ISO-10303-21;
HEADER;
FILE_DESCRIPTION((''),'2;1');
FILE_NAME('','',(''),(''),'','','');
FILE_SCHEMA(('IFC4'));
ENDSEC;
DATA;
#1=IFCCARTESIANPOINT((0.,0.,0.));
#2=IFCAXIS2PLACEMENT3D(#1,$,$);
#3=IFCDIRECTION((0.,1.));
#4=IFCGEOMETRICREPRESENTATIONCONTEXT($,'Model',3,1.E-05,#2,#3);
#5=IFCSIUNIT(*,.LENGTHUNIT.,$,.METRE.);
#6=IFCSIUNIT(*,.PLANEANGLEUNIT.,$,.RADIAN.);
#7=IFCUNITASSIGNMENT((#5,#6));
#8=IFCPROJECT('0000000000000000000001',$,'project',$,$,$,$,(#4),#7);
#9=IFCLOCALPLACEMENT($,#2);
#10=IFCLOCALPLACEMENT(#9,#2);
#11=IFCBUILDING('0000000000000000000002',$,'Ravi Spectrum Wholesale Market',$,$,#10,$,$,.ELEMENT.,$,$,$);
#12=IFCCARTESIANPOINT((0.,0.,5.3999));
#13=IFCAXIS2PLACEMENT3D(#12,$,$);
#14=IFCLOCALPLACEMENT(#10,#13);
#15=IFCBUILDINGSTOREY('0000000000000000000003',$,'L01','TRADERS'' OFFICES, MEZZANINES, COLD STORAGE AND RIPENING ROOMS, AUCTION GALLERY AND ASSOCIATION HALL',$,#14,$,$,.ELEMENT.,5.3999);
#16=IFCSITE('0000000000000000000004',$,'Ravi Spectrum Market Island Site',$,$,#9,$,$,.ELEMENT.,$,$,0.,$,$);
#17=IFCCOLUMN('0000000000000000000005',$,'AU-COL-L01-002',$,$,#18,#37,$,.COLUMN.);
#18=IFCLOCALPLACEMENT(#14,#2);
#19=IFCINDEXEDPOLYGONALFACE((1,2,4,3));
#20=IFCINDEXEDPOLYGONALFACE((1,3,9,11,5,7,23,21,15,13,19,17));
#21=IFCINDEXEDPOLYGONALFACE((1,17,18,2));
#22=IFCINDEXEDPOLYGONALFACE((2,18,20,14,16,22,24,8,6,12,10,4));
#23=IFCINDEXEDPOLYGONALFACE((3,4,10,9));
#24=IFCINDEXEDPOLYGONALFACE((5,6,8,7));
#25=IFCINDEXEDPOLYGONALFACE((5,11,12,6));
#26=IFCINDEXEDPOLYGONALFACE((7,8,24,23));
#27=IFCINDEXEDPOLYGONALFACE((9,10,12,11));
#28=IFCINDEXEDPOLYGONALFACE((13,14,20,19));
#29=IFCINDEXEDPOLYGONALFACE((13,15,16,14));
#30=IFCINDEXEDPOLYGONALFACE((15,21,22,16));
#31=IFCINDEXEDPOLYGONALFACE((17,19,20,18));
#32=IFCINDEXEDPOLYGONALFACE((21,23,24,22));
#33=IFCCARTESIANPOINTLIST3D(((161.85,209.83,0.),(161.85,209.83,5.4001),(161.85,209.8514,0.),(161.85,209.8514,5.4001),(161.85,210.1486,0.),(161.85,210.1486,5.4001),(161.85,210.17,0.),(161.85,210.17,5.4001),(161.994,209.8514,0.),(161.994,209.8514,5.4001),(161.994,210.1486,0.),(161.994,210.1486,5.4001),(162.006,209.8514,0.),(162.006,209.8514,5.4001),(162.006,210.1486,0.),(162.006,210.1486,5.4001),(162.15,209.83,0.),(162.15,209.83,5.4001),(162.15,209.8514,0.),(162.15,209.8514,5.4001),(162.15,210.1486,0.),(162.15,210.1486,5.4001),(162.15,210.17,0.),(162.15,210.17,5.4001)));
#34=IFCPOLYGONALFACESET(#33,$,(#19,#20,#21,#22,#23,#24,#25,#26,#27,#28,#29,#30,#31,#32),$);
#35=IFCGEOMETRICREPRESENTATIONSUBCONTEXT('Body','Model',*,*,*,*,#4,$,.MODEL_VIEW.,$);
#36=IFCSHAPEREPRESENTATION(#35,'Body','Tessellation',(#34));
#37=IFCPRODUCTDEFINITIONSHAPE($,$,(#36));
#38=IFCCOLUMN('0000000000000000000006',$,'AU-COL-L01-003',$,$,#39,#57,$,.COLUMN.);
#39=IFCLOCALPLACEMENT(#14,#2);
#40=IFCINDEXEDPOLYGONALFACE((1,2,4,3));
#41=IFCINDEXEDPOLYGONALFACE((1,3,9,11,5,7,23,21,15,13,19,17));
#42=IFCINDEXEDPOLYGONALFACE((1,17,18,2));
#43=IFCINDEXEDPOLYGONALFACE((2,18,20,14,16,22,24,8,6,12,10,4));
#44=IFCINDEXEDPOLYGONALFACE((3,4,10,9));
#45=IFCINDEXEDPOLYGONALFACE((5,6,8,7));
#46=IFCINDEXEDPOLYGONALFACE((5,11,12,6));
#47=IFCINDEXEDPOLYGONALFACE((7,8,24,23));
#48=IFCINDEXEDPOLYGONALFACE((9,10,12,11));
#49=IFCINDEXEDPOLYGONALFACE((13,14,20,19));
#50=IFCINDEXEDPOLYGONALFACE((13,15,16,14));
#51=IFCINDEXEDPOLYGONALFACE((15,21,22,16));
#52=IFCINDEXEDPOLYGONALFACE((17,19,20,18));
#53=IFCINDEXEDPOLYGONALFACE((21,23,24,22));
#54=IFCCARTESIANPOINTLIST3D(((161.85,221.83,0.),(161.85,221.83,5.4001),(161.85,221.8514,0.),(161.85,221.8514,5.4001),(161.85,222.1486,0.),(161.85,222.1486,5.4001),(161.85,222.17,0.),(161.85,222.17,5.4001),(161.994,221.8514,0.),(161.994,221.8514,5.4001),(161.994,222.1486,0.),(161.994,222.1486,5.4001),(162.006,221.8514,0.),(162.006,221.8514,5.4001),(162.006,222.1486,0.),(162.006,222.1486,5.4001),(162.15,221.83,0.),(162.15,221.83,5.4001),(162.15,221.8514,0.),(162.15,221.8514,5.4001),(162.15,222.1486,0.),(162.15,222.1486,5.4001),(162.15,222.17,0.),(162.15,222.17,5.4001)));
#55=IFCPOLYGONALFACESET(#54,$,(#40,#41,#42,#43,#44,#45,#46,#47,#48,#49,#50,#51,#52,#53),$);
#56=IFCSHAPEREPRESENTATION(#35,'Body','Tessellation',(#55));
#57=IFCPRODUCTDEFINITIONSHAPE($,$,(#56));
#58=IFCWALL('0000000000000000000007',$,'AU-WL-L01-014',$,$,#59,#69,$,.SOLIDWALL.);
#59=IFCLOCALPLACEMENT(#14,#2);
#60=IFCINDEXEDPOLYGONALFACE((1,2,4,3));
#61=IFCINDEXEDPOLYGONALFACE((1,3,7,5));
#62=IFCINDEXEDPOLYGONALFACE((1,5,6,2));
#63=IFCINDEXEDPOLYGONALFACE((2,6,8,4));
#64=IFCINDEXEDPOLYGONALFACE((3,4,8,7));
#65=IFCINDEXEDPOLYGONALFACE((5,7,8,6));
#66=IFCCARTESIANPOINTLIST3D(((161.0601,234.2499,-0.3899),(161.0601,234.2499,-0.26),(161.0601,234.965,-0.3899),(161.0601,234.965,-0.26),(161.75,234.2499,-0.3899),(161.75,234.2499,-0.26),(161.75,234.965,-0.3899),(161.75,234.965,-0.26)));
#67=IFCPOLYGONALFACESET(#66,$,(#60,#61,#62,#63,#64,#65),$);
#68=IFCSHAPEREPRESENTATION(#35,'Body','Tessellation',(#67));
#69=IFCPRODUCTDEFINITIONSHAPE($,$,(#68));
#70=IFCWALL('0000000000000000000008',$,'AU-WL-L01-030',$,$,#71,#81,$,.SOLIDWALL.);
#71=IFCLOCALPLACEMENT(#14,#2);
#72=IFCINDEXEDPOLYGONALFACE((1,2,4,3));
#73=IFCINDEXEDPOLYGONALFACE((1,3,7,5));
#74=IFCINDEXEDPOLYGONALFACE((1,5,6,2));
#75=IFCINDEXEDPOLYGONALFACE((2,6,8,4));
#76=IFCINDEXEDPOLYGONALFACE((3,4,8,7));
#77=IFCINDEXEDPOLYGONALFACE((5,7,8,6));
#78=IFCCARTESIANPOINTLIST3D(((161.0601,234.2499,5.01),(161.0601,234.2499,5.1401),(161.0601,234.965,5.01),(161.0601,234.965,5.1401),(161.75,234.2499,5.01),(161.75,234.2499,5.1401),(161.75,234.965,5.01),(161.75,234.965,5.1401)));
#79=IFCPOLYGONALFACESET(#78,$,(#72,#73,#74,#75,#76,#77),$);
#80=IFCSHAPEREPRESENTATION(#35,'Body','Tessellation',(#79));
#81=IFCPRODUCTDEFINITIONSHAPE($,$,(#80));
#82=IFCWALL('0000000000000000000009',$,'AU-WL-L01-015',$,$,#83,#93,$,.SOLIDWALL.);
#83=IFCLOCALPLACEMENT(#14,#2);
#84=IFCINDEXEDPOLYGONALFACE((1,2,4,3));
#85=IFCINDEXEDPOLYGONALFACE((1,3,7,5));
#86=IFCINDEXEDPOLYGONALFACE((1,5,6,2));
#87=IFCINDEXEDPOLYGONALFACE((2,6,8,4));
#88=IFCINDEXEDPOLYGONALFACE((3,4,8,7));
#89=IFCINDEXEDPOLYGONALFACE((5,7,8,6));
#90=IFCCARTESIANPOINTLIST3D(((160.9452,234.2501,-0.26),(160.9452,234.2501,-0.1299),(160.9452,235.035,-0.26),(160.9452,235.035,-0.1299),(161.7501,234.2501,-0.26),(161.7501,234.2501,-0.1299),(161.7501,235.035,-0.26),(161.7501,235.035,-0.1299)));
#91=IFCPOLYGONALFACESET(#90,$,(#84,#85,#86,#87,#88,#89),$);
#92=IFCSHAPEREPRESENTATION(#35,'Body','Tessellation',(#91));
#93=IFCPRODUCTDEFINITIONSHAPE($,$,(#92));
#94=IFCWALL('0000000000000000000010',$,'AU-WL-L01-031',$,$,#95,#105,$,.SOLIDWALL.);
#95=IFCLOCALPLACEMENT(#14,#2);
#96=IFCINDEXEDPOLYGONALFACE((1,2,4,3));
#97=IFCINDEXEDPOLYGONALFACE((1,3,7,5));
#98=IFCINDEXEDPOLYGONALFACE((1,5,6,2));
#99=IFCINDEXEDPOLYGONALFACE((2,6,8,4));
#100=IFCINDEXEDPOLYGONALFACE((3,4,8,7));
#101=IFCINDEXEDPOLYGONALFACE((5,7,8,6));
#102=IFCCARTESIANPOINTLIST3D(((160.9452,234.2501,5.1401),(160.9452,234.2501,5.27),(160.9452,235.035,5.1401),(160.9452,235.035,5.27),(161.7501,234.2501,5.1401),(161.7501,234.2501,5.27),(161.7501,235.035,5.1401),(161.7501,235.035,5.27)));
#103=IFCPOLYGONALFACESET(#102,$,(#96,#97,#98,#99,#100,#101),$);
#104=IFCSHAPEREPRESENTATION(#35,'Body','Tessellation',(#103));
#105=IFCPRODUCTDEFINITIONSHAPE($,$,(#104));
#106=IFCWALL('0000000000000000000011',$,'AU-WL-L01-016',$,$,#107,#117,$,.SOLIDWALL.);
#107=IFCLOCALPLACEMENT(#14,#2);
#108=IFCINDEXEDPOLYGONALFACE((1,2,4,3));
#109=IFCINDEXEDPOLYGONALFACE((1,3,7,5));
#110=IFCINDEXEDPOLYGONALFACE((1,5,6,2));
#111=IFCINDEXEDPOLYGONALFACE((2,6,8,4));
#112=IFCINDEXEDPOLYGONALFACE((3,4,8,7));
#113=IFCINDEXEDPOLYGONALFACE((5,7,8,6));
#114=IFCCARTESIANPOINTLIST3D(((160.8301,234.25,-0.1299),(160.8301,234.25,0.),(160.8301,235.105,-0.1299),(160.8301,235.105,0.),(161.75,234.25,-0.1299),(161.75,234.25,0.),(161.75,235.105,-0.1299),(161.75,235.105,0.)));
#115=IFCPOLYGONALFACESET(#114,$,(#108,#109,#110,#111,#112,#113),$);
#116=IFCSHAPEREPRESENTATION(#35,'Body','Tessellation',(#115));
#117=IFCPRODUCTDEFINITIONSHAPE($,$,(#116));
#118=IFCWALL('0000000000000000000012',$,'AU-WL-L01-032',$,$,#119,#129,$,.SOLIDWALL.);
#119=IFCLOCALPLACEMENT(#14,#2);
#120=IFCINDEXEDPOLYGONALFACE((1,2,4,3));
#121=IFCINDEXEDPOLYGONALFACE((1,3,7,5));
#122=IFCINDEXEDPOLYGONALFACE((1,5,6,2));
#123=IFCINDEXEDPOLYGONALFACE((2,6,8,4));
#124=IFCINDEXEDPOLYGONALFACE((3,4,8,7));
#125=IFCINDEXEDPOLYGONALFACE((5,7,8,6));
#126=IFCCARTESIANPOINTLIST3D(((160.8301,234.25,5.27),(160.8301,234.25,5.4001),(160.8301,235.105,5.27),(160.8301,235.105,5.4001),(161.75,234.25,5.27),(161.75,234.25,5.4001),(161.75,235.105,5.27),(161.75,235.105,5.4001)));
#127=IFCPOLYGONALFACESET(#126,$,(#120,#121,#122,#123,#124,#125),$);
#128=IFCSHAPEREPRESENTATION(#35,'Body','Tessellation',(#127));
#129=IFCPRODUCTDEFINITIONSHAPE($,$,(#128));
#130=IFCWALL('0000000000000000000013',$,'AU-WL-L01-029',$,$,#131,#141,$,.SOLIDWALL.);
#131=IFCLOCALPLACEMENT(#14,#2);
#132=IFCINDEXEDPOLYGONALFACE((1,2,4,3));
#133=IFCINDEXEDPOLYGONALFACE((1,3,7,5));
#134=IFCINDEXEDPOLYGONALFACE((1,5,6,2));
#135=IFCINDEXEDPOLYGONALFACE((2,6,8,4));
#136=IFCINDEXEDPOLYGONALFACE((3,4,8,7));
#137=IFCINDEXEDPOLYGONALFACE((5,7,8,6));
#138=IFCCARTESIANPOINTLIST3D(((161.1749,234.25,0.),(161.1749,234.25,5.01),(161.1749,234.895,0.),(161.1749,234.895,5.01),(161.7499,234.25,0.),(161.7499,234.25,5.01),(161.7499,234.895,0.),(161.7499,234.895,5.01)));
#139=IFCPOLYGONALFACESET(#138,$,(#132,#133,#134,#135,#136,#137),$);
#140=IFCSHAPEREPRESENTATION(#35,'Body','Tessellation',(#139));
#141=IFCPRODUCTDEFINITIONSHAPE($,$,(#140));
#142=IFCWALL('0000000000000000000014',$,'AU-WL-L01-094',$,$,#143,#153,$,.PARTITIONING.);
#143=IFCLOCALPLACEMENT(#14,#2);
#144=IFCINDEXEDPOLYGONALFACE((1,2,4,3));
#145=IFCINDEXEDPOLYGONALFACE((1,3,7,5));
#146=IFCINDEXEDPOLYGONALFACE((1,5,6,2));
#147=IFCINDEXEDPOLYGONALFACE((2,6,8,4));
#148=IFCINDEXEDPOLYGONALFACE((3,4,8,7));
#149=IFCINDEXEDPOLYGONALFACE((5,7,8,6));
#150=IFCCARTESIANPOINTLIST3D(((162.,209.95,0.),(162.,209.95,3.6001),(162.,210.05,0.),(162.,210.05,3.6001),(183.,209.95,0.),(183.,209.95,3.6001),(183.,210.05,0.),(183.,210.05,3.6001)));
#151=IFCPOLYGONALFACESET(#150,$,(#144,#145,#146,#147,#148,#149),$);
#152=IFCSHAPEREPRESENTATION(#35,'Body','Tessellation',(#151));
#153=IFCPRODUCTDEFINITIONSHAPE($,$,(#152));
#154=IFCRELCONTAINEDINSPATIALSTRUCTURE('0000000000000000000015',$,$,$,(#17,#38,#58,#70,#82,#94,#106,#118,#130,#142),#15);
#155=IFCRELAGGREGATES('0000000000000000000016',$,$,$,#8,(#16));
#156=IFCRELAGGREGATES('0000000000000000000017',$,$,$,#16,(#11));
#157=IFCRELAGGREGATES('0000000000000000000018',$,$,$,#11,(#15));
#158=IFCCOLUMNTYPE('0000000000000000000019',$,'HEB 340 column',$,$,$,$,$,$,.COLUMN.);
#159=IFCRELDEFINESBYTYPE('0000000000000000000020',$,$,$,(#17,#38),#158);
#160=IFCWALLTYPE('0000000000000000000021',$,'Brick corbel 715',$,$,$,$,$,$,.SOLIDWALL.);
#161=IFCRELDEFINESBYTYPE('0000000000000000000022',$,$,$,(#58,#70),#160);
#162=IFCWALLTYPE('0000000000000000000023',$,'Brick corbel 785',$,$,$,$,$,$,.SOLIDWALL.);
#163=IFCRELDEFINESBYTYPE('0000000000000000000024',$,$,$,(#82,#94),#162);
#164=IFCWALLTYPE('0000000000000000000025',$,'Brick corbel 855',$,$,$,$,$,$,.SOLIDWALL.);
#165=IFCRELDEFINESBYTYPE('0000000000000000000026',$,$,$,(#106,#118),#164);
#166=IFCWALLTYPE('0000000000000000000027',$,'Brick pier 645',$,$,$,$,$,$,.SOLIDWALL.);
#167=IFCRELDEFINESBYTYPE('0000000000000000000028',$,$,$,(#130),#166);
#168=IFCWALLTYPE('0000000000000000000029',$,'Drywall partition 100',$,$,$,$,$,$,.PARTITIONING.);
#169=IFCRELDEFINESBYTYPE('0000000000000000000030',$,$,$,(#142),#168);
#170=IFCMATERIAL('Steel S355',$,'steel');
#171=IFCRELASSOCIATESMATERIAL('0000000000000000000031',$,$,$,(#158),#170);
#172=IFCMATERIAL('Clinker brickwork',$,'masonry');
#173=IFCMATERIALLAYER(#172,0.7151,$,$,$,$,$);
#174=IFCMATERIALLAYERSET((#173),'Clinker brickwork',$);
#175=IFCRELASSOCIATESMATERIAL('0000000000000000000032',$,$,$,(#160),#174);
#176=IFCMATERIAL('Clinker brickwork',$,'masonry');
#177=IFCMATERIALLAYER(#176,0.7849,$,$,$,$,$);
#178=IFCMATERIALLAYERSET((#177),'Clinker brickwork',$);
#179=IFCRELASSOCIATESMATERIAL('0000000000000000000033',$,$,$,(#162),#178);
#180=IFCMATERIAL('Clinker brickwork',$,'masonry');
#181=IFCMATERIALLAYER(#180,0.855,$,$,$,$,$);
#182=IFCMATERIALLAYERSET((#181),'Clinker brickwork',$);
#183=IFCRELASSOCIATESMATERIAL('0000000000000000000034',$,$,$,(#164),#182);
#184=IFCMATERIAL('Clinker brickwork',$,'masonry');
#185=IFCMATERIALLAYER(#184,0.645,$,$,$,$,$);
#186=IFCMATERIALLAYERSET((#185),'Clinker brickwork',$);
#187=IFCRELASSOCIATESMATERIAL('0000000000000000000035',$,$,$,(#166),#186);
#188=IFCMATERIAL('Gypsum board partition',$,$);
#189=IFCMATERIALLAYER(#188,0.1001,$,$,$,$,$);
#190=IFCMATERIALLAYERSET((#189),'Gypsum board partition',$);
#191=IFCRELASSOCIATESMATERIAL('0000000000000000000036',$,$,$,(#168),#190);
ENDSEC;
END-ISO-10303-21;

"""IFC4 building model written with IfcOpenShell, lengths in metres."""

from ifc_helpers import new_model, si_unit, direction, frame, frame_2d, origin, origin_2d, place, context, subcontext, project, spatial, rectangle, i_section, extrude, material, layer, layer_set, material_profile, profile_set, type_object, element, save


model = new_model("IFC4")

# Units and contexts
model_context = context("Model", 3, precision=1e-05, world=origin(), true_north=direction((0.0, 1.0)))
body_context = subcontext(model_context, "Body", "Model", "MODEL_VIEW")
ifc_project = project(units=[si_unit("LENGTHUNIT", "METRE"), si_unit("PLANEANGLEUNIT", "RADIAN")], contexts=[model_context])

# Site, building, storey
site_placement = place(None, origin())
site = spatial("IfcSite", under=ifc_project, at=site_placement, Name="Ravi Spectrum Market Island Site", CompositionType="ELEMENT", RefElevation=0.0)
building_placement = place(site_placement, origin())
building = spatial("IfcBuilding", under=site, at=building_placement, Name="Ravi Spectrum Wholesale Market", CompositionType="ELEMENT")
storey_placement = place(building_placement, frame((0.0, 0.0, 5.3999)))
storey = spatial("IfcBuildingStorey", under=building, at=storey_placement, Name="L01", Description="TRADERS' OFFICES, MEZZANINES, COLD STORAGE AND RIPENING ROOMS, AUCTION GALLERY AND ASSOCIATION HALL", CompositionType="ELEMENT", Elevation=5.3999)

# Columns
ifc_material_1 = material(Name="Steel S355", Category="steel")
ifc_material_profile = material_profile(ifc_material_1, i_section(OverallWidth=0.3, OverallDepth=0.3401, WebThickness=0.012, FlangeThickness=0.0215, at=origin_2d()))
ifc_profile_set = profile_set([ifc_material_profile], Name="Steel S355")
column_type = type_object("IfcColumnType", Name="HEB 340 column", PredefinedType="COLUMN", material=ifc_profile_set)
for number, where, z_axis, x_axis, name in (
    (1, (162.0, 210.0, 0.0), (0.0, 0.0, 1.0), (1.0, 0.0, 0.0), "AU-COL-L01-002"),
    (2, (162.0, 222.0, 0.0), (0.0, 0.0, 1.0), (1.0, 0.0, 0.0), "AU-COL-L01-003"),
):
    element("IfcColumn", number, at=place(storey_placement, frame(where, z_axis=z_axis, x_axis=x_axis)), inside=storey, type_object=column_type, Name=name, PredefinedType="COLUMN", context=body_context, shape_type="SweptSolid", body=[
        extrude(i_section(OverallWidth=0.3, OverallDepth=0.3401, WebThickness=0.012, FlangeThickness=0.0215, at=origin_2d()), origin(), (0.0, 0.0, 1.0), 5.4001),
    ])

# Walls
ifc_material_2 = material(Name="Clinker brickwork", Category="masonry")
ifc_layer_1 = layer(ifc_material_2, 0.7151)
ifc_layer_set_1 = layer_set([ifc_layer_1], Name="Clinker brickwork")
wall_type_1 = type_object("IfcWallType", Name="Brick corbel 715", PredefinedType="SOLIDWALL", material=ifc_layer_set_1)
wall_1_placement = place(storey_placement, frame((161.75, 234.6074, -0.3899), z_axis=(0.0, 0.0, 1.0), x_axis=(-1.0, 0.0, 0.0)))
element("IfcWall", 3, at=wall_1_placement, inside=storey, type_object=wall_type_1, Name="AU-WL-L01-014", PredefinedType="SOLIDWALL", context=body_context, shape_type="SweptSolid", body=[
    extrude(rectangle(XDim=0.6899, YDim=0.7151, at=frame_2d((0.345, 0.0))), origin(), (0.0, 0.0, 1.0), 0.1299),
])
wall_2_placement = place(storey_placement, frame((161.75, 234.6074, 5.01), z_axis=(0.0, 0.0, 1.0), x_axis=(-1.0, 0.0, 0.0)))
element("IfcWall", 4, at=wall_2_placement, inside=storey, type_object=wall_type_1, Name="AU-WL-L01-030", PredefinedType="SOLIDWALL", context=body_context, shape_type="SweptSolid", body=[
    extrude(rectangle(XDim=0.6899, YDim=0.7151, at=frame_2d((0.345, 0.0))), origin(), (0.0, 0.0, 1.0), 0.1301),
])
ifc_material_3 = material(Name="Clinker brickwork", Category="masonry")
ifc_layer_2 = layer(ifc_material_3, 0.7849)
ifc_layer_set_2 = layer_set([ifc_layer_2], Name="Clinker brickwork")
wall_type_2 = type_object("IfcWallType", Name="Brick corbel 785", PredefinedType="SOLIDWALL", material=ifc_layer_set_2)
wall_3_placement = place(storey_placement, frame((161.75, 234.6426, -0.26), z_axis=(0.0, 0.0, 1.0), x_axis=(-1.0, 0.0, 0.0)))
element("IfcWall", 5, at=wall_3_placement, inside=storey, type_object=wall_type_2, Name="AU-WL-L01-015", PredefinedType="SOLIDWALL", context=body_context, shape_type="SweptSolid", body=[
    extrude(rectangle(XDim=0.8049, YDim=0.7849, at=frame_2d((0.4023, 0.0))), origin(), (0.0, 0.0, 1.0), 0.1301),
])
wall_4_placement = place(storey_placement, frame((161.75, 234.6426, 5.1401), z_axis=(0.0, 0.0, 1.0), x_axis=(-1.0, 0.0, 0.0)))
element("IfcWall", 6, at=wall_4_placement, inside=storey, type_object=wall_type_2, Name="AU-WL-L01-031", PredefinedType="SOLIDWALL", context=body_context, shape_type="SweptSolid", body=[
    extrude(rectangle(XDim=0.8049, YDim=0.7849, at=frame_2d((0.4023, 0.0))), origin(), (0.0, 0.0, 1.0), 0.1299),
])
ifc_material_4 = material(Name="Clinker brickwork", Category="masonry")
ifc_layer_3 = layer(ifc_material_4, 0.855)
ifc_layer_set_3 = layer_set([ifc_layer_3], Name="Clinker brickwork")
wall_type_3 = type_object("IfcWallType", Name="Brick corbel 855", PredefinedType="SOLIDWALL", material=ifc_layer_set_3)
wall_5_placement = place(storey_placement, frame((161.75, 234.6775, -0.1299), z_axis=(0.0, 0.0, 1.0), x_axis=(-1.0, 0.0, 0.0)))
element("IfcWall", 7, at=wall_5_placement, inside=storey, type_object=wall_type_3, Name="AU-WL-L01-016", PredefinedType="SOLIDWALL", context=body_context, shape_type="SweptSolid", body=[
    extrude(rectangle(XDim=0.9199, YDim=0.855, at=frame_2d((0.46, 0.0))), origin(), (0.0, 0.0, 1.0), 0.1299),
])
wall_6_placement = place(storey_placement, frame((161.75, 234.6775, 5.27), z_axis=(0.0, 0.0, 1.0), x_axis=(-1.0, 0.0, 0.0)))
element("IfcWall", 8, at=wall_6_placement, inside=storey, type_object=wall_type_3, Name="AU-WL-L01-032", PredefinedType="SOLIDWALL", context=body_context, shape_type="SweptSolid", body=[
    extrude(rectangle(XDim=0.9199, YDim=0.855, at=frame_2d((0.46, 0.0))), origin(), (0.0, 0.0, 1.0), 0.1301),
])
ifc_material_5 = material(Name="Clinker brickwork", Category="masonry")
ifc_layer_4 = layer(ifc_material_5, 0.645)
ifc_layer_set_4 = layer_set([ifc_layer_4], Name="Clinker brickwork")
wall_type_4 = type_object("IfcWallType", Name="Brick pier 645", PredefinedType="SOLIDWALL", material=ifc_layer_set_4)
wall_7_placement = place(storey_placement, frame((161.75, 234.5725, 0.0), z_axis=(0.0, 0.0, 1.0), x_axis=(-1.0, 0.0, 0.0)))
element("IfcWall", 9, at=wall_7_placement, inside=storey, type_object=wall_type_4, Name="AU-WL-L01-029", PredefinedType="SOLIDWALL", context=body_context, shape_type="SweptSolid", body=[
    extrude(rectangle(XDim=0.575, YDim=0.645, at=frame_2d((0.2876, 0.0))), origin(), (0.0, 0.0, 1.0), 5.01),
])
ifc_material_6 = material(Name="Gypsum board partition")
ifc_layer_5 = layer(ifc_material_6, 0.1001)
ifc_layer_set_5 = layer_set([ifc_layer_5], Name="Gypsum board partition")
wall_type_5 = type_object("IfcWallType", Name="Drywall partition 100", PredefinedType="PARTITIONING", material=ifc_layer_set_5)
wall_8_placement = place(storey_placement, frame((162.0, 210.0, 0.0), z_axis=(0.0, 0.0, 1.0), x_axis=(1.0, 0.0, 0.0)))
element("IfcWall", 10, at=wall_8_placement, inside=storey, type_object=wall_type_5, Name="AU-WL-L01-094", PredefinedType="PARTITIONING", context=body_context, shape_type="SweptSolid", body=[
    extrude(rectangle(XDim=21.0, YDim=0.1001, at=frame_2d((10.5, 0.0))), origin(), (0.0, 0.0, 1.0), 3.6001),
])

save(model, "model.ifc")
